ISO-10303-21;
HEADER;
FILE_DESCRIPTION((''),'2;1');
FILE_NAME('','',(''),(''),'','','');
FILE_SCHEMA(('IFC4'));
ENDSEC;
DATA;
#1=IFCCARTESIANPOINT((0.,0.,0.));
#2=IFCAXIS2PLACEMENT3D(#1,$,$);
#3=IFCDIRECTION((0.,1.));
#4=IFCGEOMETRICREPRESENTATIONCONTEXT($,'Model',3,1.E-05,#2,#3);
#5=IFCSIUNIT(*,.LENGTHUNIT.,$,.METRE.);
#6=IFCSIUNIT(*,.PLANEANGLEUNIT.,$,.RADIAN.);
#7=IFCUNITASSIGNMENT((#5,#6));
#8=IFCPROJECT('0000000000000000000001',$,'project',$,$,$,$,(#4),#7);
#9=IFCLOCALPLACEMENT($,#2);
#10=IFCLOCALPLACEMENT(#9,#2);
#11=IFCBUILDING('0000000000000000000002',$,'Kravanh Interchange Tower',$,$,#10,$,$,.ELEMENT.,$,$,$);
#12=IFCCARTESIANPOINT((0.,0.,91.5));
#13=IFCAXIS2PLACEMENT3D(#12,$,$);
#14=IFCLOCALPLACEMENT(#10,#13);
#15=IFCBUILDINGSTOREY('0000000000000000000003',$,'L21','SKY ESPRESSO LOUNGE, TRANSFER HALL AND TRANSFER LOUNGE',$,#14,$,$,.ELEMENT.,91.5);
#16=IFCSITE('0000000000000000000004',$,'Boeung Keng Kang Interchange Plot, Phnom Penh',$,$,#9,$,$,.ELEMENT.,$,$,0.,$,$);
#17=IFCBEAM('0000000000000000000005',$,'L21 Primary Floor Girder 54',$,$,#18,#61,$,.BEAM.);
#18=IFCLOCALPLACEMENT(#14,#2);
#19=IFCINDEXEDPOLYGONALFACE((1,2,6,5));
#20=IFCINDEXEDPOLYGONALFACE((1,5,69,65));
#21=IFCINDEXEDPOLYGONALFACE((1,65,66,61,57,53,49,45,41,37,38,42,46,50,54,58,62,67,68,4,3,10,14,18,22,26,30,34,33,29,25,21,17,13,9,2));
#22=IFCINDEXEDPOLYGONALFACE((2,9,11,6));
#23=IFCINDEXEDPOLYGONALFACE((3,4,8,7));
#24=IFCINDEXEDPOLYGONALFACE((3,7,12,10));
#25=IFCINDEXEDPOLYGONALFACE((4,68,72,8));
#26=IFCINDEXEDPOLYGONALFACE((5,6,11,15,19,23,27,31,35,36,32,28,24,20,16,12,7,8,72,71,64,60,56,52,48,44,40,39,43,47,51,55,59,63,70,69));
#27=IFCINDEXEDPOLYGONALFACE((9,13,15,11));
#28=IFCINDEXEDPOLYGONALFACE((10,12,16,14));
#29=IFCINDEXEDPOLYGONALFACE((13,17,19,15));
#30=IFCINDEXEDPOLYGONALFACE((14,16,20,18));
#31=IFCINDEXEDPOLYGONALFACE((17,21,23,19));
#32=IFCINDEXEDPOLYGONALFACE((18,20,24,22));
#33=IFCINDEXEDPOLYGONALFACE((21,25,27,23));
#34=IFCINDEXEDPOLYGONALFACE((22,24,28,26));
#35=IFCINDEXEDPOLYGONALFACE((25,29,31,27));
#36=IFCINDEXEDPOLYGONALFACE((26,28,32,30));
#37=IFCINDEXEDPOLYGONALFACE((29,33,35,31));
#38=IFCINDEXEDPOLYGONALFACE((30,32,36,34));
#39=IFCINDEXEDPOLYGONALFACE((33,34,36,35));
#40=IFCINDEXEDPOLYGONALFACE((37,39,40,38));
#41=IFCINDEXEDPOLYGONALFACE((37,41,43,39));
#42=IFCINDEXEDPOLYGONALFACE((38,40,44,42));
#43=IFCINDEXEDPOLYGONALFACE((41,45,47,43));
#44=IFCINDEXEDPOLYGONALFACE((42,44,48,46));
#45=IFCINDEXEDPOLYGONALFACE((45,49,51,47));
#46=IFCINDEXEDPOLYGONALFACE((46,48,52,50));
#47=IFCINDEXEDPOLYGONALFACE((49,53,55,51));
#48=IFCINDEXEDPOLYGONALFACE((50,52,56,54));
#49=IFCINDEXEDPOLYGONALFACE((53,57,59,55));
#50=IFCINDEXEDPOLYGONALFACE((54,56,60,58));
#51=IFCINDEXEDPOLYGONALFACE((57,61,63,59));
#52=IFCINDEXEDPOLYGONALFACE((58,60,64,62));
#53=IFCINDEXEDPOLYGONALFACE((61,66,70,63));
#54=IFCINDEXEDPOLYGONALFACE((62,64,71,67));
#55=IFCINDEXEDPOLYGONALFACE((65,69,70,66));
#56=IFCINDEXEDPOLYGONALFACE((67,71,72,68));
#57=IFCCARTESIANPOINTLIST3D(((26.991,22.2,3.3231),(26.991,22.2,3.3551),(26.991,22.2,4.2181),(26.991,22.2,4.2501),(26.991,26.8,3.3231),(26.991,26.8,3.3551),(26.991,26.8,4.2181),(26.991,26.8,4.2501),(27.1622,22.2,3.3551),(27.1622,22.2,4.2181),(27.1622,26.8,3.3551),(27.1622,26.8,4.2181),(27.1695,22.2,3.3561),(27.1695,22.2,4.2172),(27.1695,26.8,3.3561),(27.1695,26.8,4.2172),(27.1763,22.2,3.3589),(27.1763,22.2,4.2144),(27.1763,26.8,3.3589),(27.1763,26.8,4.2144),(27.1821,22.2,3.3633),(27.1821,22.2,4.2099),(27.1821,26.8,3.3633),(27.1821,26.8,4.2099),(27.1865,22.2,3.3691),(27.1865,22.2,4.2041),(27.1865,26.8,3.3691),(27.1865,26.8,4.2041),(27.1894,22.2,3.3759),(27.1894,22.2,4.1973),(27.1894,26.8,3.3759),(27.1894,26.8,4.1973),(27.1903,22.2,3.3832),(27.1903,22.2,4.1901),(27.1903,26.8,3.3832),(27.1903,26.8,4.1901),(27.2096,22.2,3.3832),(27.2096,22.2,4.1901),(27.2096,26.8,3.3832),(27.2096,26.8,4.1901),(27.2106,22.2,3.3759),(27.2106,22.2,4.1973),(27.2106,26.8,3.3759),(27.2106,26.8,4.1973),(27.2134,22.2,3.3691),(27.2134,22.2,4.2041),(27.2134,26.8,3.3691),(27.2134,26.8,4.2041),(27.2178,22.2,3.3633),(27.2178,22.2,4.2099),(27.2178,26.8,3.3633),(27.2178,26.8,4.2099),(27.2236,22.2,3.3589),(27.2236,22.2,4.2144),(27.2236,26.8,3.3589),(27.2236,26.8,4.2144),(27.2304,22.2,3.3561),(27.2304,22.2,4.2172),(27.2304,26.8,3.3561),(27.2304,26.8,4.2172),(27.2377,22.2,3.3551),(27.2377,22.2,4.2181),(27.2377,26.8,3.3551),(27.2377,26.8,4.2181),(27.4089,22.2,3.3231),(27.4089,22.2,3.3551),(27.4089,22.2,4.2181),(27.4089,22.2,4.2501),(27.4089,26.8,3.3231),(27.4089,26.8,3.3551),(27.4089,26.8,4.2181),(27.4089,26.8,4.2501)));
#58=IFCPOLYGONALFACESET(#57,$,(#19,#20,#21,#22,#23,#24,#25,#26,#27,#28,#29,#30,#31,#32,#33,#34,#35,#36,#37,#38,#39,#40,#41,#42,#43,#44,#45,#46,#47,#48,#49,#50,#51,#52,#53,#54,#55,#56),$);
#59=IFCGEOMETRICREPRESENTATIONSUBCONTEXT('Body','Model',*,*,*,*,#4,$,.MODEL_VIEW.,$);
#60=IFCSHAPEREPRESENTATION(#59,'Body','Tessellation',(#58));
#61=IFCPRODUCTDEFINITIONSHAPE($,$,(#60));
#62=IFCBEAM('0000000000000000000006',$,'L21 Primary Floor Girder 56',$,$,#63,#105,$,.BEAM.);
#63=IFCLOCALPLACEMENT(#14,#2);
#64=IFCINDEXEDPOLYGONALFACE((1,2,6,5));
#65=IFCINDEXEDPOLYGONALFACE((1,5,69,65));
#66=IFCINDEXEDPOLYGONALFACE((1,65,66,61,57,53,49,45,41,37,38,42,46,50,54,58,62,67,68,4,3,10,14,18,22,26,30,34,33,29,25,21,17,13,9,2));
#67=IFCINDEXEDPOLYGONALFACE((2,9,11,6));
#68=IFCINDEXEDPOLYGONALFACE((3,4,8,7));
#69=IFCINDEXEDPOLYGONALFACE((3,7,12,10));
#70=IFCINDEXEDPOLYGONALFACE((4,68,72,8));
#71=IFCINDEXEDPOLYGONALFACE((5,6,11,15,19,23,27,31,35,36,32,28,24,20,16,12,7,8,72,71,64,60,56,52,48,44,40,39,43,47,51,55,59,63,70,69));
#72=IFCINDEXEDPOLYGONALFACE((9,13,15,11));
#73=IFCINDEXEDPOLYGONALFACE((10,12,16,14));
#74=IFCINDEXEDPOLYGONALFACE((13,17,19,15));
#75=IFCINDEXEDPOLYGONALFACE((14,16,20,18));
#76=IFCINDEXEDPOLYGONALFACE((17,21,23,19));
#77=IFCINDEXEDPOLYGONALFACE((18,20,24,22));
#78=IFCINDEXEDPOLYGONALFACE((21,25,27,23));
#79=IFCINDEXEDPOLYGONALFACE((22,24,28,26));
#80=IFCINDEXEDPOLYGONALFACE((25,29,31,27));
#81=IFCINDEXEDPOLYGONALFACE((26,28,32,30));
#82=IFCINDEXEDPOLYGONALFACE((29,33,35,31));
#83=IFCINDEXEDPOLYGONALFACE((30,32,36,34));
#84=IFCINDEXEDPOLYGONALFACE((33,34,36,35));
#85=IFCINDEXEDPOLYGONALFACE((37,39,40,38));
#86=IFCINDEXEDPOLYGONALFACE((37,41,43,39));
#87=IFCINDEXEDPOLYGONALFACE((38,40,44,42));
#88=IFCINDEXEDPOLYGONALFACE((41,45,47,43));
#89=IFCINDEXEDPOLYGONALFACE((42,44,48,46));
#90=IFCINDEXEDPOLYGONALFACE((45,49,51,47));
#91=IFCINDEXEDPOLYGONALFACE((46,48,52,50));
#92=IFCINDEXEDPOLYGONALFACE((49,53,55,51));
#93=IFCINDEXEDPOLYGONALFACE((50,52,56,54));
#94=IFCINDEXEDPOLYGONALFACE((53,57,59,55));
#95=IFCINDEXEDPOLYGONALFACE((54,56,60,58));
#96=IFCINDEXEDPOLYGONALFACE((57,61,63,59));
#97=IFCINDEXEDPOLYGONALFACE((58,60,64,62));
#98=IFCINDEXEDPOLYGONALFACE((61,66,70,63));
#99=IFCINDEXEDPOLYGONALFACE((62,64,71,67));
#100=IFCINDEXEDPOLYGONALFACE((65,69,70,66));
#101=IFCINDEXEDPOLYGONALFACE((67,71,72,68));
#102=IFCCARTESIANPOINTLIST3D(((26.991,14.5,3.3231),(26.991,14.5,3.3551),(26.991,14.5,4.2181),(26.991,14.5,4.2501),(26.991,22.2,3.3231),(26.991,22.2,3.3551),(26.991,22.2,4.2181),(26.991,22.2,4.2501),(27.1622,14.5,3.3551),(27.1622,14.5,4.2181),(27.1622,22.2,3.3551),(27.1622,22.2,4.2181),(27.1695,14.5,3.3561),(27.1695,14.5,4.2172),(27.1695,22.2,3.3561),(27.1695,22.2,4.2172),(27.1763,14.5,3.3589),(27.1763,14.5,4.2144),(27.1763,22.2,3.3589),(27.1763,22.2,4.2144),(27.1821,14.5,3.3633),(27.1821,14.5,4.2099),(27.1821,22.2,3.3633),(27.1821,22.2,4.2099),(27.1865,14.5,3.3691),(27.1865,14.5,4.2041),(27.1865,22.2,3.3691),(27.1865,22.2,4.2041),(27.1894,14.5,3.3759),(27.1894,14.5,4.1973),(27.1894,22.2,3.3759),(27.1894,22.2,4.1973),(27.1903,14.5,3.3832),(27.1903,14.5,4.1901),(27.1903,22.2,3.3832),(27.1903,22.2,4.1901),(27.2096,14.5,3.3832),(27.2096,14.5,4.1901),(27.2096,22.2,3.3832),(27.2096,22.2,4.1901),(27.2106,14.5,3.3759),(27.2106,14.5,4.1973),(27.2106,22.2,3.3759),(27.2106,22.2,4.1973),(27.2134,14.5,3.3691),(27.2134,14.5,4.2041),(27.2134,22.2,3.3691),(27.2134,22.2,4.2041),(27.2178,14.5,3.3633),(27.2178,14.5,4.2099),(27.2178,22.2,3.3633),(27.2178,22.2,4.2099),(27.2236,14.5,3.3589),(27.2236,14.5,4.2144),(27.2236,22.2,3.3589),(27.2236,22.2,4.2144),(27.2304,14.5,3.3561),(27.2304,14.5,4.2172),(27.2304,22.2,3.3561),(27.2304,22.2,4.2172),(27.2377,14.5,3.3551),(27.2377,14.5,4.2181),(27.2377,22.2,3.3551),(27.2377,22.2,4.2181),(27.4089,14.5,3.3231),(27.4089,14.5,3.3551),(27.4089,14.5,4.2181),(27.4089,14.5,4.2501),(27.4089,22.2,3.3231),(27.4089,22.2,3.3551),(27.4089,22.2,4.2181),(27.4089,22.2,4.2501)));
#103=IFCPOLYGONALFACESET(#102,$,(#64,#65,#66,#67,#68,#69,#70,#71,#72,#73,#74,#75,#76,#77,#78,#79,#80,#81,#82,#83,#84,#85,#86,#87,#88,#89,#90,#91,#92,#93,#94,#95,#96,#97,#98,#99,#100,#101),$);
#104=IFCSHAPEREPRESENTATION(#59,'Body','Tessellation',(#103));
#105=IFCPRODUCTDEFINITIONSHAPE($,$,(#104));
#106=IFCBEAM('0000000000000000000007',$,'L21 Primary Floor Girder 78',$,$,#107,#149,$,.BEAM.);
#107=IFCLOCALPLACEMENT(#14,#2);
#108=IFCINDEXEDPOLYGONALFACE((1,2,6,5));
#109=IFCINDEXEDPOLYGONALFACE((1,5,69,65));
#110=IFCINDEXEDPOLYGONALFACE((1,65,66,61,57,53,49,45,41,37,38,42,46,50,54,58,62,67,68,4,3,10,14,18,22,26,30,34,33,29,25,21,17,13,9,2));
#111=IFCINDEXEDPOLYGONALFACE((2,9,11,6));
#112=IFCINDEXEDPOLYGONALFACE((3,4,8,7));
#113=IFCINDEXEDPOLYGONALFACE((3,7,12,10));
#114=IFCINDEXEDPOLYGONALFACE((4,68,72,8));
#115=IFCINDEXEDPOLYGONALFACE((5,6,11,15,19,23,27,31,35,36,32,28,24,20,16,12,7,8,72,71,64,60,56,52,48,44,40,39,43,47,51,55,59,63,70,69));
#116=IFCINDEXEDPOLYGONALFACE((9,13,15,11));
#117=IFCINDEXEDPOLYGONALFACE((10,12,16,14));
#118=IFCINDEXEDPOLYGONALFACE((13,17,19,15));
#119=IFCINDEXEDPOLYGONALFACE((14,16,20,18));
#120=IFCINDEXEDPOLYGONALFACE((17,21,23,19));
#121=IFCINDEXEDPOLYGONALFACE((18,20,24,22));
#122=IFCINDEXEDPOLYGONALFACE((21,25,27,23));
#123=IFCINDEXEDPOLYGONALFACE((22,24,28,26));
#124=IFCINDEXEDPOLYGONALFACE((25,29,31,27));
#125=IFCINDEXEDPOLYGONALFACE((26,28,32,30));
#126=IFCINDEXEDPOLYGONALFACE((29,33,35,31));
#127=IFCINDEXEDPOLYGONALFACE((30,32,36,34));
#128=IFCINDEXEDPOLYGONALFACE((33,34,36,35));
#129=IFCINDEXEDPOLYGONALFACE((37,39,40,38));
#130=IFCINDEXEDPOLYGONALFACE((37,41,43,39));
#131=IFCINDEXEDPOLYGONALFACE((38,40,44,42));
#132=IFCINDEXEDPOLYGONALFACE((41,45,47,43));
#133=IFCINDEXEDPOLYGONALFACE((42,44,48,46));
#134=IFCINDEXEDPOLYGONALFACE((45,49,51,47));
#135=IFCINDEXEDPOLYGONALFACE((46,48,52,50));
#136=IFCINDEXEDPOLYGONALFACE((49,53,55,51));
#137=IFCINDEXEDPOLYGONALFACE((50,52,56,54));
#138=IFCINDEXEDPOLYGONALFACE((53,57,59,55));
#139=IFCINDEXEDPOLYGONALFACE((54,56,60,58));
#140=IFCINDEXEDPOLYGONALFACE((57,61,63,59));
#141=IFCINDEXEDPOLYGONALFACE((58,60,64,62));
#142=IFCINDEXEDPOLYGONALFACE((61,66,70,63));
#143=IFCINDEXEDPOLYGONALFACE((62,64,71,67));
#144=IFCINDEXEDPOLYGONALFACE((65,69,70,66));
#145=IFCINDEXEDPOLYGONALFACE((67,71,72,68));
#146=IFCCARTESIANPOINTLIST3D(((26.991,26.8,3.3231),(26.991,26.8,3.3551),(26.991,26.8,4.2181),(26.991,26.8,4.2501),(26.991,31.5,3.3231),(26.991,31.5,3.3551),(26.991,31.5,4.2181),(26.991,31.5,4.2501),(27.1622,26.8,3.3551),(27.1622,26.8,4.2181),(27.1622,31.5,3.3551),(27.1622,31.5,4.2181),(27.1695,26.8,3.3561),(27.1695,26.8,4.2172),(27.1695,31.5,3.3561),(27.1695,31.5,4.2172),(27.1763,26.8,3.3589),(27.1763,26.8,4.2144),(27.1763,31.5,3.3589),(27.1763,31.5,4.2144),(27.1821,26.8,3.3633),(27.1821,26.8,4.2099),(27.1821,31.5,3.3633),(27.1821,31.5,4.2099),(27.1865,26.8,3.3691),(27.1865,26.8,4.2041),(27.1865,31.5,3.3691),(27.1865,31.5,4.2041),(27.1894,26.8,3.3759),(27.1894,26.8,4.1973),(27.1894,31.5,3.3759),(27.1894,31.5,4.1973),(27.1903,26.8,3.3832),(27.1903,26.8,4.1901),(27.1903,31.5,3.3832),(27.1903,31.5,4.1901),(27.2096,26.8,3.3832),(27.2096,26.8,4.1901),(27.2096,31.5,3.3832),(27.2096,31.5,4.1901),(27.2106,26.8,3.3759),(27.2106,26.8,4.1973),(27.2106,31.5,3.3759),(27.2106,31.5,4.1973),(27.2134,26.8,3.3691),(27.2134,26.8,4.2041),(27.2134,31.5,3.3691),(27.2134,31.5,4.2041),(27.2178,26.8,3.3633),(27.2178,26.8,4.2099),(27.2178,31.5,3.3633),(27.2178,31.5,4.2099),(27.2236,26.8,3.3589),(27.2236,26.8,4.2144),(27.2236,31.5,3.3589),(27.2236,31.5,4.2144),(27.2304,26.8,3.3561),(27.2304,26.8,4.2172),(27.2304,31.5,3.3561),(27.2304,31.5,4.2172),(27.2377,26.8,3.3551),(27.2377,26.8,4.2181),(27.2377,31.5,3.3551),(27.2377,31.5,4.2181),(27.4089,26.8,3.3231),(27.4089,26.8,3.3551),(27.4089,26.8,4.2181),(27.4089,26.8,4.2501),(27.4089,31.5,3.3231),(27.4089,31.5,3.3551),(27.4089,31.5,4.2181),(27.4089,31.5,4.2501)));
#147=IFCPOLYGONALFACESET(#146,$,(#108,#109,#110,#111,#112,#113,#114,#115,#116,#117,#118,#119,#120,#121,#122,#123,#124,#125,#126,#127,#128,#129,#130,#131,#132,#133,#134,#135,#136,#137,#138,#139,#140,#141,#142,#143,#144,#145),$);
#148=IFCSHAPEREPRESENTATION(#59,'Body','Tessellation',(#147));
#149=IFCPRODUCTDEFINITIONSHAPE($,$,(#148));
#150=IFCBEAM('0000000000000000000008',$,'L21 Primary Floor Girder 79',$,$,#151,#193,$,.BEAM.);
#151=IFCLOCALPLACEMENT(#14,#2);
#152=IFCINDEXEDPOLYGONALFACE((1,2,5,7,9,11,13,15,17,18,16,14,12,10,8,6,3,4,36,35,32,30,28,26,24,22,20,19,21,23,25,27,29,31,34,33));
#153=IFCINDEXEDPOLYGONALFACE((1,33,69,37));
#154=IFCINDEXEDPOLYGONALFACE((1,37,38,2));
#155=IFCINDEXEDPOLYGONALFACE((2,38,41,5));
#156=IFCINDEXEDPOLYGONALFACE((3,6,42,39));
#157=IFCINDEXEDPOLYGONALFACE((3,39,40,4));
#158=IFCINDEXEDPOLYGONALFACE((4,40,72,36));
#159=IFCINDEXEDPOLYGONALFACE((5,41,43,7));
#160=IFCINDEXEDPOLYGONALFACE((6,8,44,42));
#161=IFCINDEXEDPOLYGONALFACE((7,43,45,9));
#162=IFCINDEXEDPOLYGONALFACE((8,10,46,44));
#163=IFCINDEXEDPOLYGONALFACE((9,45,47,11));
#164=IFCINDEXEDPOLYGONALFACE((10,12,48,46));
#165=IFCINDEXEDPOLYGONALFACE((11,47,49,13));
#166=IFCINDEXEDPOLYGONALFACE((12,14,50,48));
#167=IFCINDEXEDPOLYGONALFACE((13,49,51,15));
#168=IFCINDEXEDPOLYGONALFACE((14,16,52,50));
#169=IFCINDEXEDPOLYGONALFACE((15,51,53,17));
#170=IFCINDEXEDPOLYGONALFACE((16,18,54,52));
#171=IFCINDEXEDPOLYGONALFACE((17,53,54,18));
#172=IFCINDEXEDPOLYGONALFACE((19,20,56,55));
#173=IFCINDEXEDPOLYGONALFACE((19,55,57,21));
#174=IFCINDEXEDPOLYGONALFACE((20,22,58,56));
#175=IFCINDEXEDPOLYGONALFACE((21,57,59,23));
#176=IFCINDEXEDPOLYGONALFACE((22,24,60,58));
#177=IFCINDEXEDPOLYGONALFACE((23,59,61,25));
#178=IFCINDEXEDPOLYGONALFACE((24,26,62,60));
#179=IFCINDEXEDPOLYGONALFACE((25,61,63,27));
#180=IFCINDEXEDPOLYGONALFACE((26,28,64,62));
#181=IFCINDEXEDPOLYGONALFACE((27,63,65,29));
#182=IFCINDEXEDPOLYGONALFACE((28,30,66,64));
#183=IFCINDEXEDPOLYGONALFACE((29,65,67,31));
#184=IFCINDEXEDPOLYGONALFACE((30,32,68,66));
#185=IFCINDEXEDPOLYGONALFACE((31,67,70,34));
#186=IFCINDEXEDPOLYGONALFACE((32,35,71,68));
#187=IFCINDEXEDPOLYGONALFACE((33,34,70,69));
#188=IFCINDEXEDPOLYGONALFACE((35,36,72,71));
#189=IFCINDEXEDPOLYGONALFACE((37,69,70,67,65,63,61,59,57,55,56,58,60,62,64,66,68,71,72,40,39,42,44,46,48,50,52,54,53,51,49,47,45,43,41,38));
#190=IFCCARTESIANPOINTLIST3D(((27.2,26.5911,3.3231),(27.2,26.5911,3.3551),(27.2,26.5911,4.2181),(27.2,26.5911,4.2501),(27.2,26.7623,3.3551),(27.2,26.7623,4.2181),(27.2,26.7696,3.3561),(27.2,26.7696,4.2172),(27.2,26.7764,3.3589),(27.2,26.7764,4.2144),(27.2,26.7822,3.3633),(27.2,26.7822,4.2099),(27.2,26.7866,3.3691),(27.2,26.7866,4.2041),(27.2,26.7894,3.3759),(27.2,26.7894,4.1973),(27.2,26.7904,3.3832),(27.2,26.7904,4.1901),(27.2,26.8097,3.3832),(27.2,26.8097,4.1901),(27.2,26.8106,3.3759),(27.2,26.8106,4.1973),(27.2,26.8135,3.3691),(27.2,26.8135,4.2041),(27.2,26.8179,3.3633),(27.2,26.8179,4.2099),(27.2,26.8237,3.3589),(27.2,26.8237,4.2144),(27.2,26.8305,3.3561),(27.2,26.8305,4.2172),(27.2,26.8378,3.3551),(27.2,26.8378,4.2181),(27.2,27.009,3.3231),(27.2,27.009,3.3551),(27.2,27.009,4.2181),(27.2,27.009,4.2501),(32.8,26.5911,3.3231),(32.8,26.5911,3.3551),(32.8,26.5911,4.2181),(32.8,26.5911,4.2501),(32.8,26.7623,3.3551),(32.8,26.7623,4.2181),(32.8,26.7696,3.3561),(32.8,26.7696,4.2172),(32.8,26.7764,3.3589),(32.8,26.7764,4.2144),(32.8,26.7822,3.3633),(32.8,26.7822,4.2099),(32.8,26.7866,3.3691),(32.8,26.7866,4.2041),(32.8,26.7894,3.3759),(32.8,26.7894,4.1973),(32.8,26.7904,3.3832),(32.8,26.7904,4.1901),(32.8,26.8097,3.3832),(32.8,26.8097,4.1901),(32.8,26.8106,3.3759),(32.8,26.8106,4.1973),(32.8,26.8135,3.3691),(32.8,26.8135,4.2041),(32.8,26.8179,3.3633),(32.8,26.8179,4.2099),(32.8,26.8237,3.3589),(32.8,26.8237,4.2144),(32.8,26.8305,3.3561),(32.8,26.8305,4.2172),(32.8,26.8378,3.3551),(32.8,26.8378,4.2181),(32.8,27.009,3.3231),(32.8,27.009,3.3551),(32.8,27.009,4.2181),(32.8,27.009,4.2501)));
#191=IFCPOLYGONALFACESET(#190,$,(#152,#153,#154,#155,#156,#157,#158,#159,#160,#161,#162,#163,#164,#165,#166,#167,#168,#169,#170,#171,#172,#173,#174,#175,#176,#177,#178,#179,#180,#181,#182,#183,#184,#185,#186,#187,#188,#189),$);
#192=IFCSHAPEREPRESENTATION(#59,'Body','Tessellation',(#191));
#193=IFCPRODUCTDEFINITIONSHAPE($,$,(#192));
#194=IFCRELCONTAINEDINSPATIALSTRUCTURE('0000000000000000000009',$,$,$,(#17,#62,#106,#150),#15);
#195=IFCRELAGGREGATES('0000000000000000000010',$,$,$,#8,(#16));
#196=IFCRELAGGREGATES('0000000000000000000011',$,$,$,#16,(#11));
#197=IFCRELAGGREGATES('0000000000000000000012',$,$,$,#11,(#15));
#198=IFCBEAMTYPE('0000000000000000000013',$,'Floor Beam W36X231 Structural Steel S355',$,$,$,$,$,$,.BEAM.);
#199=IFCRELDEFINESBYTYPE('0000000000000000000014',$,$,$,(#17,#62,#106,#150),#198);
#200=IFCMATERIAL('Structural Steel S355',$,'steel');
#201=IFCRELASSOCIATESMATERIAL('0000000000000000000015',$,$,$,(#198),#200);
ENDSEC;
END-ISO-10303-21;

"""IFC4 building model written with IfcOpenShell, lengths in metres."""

from ifc_helpers import new_model, si_unit, direction, frame, origin, origin_2d, place, context, subcontext, project, spatial, i_section, extrude, material, material_profile, profile_set, type_object, element, save


model = new_model("IFC4")

# Units and contexts
model_context = context("Model", 3, precision=1e-05, world=origin(), true_north=direction((0.0, 1.0)))
body_context = subcontext(model_context, "Body", "Model", "MODEL_VIEW")
ifc_project = project(units=[si_unit("LENGTHUNIT", "METRE"), si_unit("PLANEANGLEUNIT", "RADIAN")], contexts=[model_context])

# Site, building, storey
site_placement = place(None, origin())
site = spatial("IfcSite", under=ifc_project, at=site_placement, Name="Boeung Keng Kang Interchange Plot, Phnom Penh", CompositionType="ELEMENT", RefElevation=0.0)
building_placement = place(site_placement, origin())
building = spatial("IfcBuilding", under=site, at=building_placement, Name="Kravanh Interchange Tower", CompositionType="ELEMENT")
storey_placement = place(building_placement, frame((0.0, 0.0, 91.5)))
storey = spatial("IfcBuildingStorey", under=building, at=storey_placement, Name="L21", Description="SKY ESPRESSO LOUNGE, TRANSFER HALL AND TRANSFER LOUNGE", CompositionType="ELEMENT", Elevation=91.5)

# Beams
ifc_material_1 = material(Name="Structural Steel S355", Category="steel")
ifc_material_profile_1 = material_profile(ifc_material_1, i_section(OverallWidth=0.418, OverallDepth=0.927, WebThickness=0.0193, FlangeThickness=0.032, FilletRadius=0.0281, at=origin_2d()), Name="W36X231")
ifc_profile_set_1 = profile_set([ifc_material_profile_1], Name="Structural Steel S355")
beam_type_1 = type_object("IfcBeamType", Name="Floor Beam W36X231 Structural Steel S355", PredefinedType="BEAM", material=ifc_profile_set_1)
beam_1_placement = place(storey_placement, frame((27.2, 22.2, 3.7866), z_axis=(0.0, 1.0, 0.0), x_axis=(-1.0, 0.0, 0.0)))
element("IfcBeam", 1, at=beam_1_placement, inside=storey, type_object=beam_type_1, Name="L21 Primary Floor Girder 54", PredefinedType="BEAM", context=body_context, shape_type="SweptSolid", body=[
    extrude(i_section(OverallWidth=0.418, OverallDepth=0.927, WebThickness=0.0193, FlangeThickness=0.032, FilletRadius=0.0281, at=origin_2d()), origin(), (0.0, 0.0, 1.0), 4.6001),
])
beam_2_placement = place(storey_placement, frame((27.2, 22.2, 3.7866), z_axis=(0.0, -1.0, 0.0), x_axis=(1.0, 0.0, 0.0)))
element("IfcBeam", 2, at=beam_2_placement, inside=storey, type_object=beam_type_1, Name="L21 Primary Floor Girder 56", PredefinedType="BEAM", context=body_context, shape_type="SweptSolid", body=[
    extrude(i_section(OverallWidth=0.418, OverallDepth=0.927, WebThickness=0.0193, FlangeThickness=0.032, FilletRadius=0.0281, at=origin_2d()), origin(), (0.0, 0.0, 1.0), 7.7),
])
beam_3_placement = place(storey_placement, frame((27.2, 26.8, 3.7866), z_axis=(0.0, 1.0, 0.0), x_axis=(-1.0, 0.0, 0.0)))
element("IfcBeam", 3, at=beam_3_placement, inside=storey, type_object=beam_type_1, Name="L21 Primary Floor Girder 78", PredefinedType="BEAM", context=body_context, shape_type="SweptSolid", body=[
    extrude(i_section(OverallWidth=0.418, OverallDepth=0.927, WebThickness=0.0193, FlangeThickness=0.032, FilletRadius=0.0281, at=origin_2d()), origin(), (0.0, 0.0, 1.0), 4.7),
])
beam_4_placement = place(storey_placement, frame((27.2, 26.8, 3.7866), z_axis=(1.0, 0.0, 0.0), x_axis=(0.0, 1.0, 0.0)))
element("IfcBeam", 4, at=beam_4_placement, inside=storey, type_object=beam_type_1, Name="L21 Primary Floor Girder 79", PredefinedType="BEAM", context=body_context, shape_type="SweptSolid", body=[
    extrude(i_section(OverallWidth=0.418, OverallDepth=0.927, WebThickness=0.0193, FlangeThickness=0.032, FilletRadius=0.0281, at=origin_2d()), origin(), (0.0, 0.0, 1.0), 5.6001),
])

save(model, "model.ifc")
